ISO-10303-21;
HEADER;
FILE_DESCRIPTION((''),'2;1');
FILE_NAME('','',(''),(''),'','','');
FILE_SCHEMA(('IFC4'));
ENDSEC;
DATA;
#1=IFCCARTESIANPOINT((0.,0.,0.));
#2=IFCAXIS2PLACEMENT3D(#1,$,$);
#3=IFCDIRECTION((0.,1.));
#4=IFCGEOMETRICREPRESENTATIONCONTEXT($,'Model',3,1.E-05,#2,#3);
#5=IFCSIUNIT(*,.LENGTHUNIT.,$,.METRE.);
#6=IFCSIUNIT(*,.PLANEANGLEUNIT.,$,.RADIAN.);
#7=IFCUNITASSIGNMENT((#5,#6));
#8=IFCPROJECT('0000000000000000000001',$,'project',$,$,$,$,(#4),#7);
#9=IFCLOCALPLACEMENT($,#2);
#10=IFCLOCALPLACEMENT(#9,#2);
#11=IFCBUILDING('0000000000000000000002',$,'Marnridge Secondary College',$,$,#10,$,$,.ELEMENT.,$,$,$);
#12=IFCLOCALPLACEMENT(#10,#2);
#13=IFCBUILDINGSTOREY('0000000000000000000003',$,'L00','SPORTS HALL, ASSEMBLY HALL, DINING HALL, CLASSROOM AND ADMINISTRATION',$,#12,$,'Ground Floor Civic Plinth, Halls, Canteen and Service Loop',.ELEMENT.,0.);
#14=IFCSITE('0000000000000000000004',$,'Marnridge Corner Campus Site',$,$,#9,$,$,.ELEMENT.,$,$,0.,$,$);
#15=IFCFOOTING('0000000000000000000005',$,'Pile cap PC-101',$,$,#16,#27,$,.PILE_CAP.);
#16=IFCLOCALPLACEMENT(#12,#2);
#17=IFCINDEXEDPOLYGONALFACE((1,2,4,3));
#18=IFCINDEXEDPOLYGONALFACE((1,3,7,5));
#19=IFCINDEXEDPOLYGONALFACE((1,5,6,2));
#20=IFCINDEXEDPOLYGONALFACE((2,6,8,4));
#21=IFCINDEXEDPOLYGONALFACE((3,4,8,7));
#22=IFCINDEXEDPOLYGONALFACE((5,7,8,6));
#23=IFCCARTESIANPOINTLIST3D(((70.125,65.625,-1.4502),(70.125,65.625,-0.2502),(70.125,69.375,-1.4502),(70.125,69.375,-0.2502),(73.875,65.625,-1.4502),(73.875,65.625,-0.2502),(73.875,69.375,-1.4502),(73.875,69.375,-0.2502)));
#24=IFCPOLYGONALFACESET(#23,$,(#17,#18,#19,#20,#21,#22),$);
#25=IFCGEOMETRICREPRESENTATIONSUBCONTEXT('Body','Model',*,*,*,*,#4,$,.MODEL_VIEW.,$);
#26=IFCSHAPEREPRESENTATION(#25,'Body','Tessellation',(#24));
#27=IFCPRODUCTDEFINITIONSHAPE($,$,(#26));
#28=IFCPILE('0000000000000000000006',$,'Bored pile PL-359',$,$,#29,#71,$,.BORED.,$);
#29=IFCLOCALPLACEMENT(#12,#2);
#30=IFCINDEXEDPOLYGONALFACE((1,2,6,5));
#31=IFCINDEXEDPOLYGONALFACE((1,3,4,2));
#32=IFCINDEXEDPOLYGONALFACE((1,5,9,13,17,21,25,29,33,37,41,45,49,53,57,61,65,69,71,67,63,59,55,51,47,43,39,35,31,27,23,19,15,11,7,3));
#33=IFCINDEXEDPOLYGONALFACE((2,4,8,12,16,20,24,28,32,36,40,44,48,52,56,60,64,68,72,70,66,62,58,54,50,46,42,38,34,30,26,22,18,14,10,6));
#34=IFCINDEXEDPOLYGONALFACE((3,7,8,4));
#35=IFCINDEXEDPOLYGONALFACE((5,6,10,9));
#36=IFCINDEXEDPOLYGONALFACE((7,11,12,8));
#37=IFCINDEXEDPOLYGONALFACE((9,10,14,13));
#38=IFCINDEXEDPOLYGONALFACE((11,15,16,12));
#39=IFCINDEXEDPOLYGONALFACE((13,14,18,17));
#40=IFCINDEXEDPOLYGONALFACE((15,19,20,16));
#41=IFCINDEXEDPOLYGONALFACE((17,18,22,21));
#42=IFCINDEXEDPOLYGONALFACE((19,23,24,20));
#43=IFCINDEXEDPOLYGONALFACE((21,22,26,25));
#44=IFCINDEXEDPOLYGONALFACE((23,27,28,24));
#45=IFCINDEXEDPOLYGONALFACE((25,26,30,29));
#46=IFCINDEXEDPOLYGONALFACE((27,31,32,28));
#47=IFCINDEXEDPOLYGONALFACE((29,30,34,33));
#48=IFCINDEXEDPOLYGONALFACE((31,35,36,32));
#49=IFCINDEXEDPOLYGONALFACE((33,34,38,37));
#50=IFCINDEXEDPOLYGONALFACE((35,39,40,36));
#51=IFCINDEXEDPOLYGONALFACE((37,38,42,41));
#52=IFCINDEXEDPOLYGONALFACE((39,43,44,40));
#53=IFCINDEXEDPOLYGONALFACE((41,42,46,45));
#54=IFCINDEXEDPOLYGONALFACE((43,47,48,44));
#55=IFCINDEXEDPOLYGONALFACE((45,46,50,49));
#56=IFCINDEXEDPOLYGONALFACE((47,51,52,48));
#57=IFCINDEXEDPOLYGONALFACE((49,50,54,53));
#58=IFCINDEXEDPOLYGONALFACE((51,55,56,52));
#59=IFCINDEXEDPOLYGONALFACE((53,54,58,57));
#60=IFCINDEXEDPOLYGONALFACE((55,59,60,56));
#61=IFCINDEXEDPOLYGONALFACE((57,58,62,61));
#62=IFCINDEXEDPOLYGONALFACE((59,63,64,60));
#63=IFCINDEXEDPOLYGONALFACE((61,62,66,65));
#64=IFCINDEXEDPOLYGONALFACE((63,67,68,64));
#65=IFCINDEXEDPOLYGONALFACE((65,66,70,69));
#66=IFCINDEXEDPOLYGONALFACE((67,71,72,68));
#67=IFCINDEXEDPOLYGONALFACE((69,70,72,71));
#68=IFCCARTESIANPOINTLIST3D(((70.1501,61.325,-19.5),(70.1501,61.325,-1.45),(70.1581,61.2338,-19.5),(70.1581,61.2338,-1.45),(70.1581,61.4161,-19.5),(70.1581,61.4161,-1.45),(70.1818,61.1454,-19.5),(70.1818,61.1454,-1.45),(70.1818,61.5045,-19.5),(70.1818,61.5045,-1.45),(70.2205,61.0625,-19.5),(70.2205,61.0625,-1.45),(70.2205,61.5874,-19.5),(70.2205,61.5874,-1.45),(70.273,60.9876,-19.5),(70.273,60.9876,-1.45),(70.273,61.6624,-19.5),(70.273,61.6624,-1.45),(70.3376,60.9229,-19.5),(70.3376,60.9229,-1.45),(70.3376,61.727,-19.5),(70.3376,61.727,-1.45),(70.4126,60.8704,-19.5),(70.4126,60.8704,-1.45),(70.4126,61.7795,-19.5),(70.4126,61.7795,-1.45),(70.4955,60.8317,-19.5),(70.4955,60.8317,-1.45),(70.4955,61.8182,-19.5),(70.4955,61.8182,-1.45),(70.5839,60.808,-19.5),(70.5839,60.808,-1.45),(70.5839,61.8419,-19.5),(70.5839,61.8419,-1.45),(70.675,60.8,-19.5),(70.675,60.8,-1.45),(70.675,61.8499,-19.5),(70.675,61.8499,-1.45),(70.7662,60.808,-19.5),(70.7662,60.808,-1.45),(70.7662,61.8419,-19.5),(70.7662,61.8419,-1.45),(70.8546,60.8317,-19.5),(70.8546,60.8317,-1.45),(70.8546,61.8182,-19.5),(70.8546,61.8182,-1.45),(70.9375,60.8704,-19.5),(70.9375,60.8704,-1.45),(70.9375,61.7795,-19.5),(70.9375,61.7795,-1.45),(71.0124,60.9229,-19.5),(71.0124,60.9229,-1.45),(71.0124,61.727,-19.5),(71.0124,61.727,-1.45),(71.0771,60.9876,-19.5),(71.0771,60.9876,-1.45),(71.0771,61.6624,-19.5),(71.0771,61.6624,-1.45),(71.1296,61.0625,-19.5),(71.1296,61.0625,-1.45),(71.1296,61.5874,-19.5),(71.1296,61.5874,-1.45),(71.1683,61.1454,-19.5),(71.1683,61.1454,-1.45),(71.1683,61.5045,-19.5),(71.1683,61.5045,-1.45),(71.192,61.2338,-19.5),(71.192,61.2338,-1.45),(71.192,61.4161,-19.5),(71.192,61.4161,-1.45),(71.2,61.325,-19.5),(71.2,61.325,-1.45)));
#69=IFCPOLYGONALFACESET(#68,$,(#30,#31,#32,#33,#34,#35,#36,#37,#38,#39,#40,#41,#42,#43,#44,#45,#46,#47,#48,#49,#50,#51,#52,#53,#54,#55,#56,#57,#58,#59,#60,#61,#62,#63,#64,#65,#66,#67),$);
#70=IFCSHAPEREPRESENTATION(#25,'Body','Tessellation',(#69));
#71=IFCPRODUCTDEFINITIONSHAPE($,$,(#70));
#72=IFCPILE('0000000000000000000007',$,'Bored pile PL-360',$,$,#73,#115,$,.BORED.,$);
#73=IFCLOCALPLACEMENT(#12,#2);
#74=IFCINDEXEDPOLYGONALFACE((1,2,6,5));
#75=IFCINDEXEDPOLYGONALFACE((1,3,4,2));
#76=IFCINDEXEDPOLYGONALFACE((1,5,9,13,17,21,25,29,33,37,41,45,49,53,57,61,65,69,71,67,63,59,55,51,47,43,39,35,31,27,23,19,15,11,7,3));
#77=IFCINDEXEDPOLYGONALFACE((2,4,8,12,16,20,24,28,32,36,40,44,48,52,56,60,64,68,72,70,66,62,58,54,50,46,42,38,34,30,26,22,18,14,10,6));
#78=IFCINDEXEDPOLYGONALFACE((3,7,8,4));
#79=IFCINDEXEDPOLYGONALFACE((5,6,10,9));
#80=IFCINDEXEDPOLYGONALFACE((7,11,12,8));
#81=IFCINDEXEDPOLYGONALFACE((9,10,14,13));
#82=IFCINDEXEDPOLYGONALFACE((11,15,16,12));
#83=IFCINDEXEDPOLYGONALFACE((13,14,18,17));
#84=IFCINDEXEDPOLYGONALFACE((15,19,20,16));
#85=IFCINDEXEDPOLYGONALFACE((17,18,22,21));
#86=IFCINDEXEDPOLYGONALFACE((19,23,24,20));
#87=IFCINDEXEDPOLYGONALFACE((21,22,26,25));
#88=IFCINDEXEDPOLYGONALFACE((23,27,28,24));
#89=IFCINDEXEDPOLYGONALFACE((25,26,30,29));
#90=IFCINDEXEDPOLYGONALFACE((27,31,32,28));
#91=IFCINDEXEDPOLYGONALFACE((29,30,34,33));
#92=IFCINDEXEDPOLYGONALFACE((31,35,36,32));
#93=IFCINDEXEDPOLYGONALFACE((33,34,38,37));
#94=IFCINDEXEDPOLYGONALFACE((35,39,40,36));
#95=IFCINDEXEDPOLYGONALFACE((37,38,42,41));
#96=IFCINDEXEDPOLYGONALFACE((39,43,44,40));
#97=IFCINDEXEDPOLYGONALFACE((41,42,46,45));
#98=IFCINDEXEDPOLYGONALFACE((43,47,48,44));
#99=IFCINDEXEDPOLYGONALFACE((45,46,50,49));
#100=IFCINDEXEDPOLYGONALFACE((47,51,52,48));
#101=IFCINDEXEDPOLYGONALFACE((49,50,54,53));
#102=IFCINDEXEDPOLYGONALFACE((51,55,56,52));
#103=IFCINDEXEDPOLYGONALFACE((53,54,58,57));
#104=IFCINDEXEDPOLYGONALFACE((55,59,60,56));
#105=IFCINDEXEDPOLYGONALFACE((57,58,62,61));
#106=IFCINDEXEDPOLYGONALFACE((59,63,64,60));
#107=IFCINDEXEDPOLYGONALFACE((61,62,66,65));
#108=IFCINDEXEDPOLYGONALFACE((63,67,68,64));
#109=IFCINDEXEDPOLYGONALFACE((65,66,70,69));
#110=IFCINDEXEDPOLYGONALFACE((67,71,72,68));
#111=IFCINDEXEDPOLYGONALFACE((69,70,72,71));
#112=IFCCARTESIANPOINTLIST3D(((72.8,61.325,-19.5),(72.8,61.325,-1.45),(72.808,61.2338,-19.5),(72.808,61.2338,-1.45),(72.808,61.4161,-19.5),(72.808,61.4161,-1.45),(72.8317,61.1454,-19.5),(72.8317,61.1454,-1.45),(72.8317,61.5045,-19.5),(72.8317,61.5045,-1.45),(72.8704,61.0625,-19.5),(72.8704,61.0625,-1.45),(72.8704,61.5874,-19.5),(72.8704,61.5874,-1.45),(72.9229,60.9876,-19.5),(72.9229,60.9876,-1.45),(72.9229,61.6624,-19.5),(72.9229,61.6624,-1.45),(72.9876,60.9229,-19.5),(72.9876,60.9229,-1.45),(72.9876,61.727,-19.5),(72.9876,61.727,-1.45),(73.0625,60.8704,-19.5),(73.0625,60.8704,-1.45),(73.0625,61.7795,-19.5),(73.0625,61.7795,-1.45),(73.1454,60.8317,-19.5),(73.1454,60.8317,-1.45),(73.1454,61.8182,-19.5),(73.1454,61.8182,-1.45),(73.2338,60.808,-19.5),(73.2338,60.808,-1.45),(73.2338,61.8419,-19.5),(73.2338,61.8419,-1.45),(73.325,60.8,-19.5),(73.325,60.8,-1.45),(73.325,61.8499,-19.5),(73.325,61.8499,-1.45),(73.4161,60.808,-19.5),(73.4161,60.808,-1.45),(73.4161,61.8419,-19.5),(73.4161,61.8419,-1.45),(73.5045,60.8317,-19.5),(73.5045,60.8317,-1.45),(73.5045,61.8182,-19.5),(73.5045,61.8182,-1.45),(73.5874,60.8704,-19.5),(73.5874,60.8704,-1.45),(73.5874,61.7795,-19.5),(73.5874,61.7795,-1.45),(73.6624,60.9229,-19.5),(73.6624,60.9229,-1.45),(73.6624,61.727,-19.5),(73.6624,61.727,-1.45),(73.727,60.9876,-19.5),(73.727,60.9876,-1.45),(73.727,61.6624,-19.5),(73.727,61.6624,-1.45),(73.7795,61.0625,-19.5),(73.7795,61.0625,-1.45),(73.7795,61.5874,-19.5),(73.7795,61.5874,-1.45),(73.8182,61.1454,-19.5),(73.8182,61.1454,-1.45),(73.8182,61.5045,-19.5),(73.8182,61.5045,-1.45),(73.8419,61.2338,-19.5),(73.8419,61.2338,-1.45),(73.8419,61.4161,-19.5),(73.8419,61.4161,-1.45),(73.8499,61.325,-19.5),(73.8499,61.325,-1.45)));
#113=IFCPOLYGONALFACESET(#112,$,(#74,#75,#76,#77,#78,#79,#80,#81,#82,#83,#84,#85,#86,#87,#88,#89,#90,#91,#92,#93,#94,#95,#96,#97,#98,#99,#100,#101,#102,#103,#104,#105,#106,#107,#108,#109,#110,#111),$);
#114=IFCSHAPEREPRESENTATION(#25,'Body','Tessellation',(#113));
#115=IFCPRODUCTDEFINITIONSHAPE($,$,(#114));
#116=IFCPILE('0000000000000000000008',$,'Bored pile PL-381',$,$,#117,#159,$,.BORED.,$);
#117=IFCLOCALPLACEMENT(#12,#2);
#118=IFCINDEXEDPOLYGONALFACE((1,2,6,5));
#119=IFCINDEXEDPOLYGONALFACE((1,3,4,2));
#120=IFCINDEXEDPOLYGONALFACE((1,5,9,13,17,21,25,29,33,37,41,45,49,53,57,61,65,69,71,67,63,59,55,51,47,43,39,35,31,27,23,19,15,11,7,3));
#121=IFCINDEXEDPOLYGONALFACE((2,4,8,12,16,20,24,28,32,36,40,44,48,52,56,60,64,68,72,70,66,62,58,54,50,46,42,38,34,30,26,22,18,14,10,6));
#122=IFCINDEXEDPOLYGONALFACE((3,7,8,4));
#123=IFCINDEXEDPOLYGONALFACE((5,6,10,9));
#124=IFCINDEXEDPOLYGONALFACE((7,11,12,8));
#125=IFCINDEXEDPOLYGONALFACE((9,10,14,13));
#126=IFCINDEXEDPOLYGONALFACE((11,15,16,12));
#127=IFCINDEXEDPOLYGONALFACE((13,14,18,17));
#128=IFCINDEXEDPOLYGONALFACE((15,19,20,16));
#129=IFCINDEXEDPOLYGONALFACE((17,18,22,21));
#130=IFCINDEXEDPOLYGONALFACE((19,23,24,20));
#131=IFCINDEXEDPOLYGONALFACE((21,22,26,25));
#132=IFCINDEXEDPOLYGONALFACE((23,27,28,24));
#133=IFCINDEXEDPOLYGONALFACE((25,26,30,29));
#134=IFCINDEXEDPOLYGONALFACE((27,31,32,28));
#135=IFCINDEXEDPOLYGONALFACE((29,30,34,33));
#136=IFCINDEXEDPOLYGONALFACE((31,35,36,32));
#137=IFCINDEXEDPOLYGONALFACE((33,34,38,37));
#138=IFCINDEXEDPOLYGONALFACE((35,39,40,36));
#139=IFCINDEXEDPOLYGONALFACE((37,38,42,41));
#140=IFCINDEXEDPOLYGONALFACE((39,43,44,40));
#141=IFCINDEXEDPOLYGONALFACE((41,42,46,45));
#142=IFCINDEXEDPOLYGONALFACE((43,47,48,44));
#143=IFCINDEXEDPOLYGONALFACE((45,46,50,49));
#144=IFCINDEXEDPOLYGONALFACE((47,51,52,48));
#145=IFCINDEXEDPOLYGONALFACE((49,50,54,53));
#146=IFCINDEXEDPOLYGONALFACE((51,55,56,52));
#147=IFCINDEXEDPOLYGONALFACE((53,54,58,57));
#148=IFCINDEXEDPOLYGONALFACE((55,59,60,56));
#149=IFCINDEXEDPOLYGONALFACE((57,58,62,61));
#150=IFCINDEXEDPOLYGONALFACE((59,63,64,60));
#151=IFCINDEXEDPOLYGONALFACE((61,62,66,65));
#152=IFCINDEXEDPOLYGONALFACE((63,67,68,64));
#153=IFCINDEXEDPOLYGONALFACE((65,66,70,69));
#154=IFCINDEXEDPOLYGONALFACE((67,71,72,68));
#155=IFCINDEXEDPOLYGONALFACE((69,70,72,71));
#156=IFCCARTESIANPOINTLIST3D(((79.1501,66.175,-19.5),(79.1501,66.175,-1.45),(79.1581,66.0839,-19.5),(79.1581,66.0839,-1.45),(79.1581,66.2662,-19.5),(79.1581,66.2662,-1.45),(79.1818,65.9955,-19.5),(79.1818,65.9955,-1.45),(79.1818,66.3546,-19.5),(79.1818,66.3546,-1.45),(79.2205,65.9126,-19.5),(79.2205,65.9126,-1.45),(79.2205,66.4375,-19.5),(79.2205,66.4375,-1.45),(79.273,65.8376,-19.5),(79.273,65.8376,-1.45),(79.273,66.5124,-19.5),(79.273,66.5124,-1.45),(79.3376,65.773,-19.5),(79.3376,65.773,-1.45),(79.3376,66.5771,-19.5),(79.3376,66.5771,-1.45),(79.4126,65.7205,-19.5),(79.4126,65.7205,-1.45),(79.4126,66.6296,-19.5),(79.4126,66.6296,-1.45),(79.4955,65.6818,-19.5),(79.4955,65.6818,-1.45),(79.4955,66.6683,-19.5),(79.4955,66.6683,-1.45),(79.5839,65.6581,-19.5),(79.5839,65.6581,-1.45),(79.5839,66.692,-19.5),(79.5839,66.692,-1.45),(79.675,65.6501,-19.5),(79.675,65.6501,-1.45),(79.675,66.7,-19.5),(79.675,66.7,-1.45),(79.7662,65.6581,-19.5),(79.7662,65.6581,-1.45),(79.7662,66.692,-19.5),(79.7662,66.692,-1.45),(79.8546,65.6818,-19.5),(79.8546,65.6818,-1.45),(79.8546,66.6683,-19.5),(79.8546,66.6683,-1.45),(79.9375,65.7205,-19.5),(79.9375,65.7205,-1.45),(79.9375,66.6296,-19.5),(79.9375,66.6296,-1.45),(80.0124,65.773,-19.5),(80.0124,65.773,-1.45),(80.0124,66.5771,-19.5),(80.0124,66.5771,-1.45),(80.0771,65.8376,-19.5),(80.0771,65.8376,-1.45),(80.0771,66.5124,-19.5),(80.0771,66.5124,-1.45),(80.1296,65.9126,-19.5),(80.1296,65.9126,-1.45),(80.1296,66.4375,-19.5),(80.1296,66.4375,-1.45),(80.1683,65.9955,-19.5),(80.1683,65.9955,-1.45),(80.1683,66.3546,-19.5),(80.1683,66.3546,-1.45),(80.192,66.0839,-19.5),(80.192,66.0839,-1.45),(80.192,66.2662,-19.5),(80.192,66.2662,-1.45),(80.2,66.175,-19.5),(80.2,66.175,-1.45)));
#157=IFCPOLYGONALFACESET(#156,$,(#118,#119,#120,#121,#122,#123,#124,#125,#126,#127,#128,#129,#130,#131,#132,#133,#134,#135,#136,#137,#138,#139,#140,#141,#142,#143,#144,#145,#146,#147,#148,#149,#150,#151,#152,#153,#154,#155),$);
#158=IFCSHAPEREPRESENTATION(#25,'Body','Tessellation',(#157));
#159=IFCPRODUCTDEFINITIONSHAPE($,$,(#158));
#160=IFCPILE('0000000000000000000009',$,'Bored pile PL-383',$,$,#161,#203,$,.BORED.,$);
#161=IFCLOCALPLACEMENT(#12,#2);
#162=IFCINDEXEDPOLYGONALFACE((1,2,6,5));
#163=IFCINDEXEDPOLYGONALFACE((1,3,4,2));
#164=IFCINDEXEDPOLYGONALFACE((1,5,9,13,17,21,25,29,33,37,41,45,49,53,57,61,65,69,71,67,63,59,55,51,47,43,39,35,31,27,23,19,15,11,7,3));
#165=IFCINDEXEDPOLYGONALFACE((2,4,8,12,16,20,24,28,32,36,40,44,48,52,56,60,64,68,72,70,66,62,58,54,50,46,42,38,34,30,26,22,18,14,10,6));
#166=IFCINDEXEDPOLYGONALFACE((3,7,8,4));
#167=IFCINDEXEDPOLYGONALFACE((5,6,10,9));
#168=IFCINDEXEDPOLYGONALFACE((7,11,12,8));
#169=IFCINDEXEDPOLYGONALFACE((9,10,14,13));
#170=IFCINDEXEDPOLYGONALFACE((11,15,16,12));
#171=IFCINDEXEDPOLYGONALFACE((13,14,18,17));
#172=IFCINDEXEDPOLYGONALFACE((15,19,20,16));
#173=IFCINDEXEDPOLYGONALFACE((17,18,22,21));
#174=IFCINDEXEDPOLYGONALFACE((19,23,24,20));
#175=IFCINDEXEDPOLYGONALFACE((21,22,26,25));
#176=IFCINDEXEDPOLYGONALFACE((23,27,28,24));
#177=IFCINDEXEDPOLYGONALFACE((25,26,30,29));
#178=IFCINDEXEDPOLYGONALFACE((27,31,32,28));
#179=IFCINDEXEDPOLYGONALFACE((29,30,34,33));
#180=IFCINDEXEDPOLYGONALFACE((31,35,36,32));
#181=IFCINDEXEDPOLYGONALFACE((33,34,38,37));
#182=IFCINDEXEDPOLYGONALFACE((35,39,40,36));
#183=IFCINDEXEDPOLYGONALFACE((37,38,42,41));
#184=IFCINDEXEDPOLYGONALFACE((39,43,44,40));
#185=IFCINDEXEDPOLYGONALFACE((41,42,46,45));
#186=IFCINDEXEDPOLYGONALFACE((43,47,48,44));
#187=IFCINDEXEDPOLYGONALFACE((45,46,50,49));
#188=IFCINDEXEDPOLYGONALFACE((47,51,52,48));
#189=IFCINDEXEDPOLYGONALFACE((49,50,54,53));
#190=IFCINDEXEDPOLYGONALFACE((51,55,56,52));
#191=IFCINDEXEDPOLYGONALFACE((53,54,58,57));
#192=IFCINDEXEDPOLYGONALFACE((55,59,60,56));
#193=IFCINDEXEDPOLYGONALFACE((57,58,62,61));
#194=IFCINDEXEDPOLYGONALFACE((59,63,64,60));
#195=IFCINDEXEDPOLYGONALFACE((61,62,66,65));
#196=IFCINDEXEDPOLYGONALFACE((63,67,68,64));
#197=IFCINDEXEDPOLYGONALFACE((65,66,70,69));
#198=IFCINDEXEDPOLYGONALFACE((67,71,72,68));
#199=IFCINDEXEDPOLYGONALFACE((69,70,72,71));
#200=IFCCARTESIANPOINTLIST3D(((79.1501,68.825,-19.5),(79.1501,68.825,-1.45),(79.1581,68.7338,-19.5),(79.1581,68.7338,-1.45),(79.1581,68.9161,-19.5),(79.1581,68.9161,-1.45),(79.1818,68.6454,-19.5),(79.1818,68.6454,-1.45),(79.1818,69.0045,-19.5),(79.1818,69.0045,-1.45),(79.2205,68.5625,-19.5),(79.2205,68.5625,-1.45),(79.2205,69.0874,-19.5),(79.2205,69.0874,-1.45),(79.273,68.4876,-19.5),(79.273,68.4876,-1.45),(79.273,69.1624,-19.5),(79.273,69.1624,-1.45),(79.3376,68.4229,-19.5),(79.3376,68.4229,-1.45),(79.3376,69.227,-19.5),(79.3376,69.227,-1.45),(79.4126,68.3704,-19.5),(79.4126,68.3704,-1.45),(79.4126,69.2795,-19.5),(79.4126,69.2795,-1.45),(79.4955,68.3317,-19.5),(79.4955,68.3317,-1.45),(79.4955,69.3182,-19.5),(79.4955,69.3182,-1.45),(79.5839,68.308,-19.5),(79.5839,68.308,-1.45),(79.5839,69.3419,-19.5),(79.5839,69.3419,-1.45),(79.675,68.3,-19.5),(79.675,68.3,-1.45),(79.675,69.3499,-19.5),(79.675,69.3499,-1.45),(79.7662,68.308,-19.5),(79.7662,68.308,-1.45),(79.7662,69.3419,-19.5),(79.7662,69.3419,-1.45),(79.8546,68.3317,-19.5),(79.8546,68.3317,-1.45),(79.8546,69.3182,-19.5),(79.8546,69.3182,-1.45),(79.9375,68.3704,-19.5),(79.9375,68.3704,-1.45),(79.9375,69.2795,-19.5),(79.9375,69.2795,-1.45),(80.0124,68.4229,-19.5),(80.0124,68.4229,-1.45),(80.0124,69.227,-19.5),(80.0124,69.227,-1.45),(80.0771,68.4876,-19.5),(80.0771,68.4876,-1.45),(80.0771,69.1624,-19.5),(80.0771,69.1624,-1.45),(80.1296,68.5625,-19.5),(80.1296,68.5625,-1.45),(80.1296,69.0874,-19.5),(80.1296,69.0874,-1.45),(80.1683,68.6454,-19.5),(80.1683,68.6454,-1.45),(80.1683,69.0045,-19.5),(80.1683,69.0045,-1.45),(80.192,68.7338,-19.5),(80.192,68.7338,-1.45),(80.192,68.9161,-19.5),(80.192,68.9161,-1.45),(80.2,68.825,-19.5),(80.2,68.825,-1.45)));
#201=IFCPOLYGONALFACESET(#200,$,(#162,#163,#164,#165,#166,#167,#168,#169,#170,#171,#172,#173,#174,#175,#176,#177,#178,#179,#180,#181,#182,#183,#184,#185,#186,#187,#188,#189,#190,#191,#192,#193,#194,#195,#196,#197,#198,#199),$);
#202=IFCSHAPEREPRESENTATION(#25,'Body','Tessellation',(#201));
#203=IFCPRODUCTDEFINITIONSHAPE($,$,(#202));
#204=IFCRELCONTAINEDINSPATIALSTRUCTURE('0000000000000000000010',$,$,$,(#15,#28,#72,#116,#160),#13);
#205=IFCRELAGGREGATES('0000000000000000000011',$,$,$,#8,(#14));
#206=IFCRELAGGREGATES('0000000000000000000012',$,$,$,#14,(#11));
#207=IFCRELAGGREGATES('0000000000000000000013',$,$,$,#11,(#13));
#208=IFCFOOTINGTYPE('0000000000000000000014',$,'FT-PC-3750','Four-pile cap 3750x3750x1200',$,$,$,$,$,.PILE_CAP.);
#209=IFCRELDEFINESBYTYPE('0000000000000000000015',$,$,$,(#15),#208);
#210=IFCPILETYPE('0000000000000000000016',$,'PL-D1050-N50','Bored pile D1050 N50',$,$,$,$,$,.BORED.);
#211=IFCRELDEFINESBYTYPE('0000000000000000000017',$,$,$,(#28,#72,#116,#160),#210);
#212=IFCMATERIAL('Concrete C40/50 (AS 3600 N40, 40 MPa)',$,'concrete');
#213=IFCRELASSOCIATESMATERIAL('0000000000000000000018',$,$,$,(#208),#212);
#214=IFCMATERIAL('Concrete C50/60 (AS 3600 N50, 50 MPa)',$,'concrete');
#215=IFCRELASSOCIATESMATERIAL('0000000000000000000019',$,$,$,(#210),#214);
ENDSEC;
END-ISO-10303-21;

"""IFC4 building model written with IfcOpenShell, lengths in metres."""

from ifc_helpers import new_model, si_unit, direction, frame, origin, origin_2d, place, context, subcontext, project, spatial, rectangle, circle, extrude, material, material_profile, profile_set, type_object, element, save


model = new_model("IFC4")

# Units and contexts
model_context = context("Model", 3, precision=1e-05, world=origin(), true_north=direction((0.0, 1.0)))
body_context = subcontext(model_context, "Body", "Model", "MODEL_VIEW")
ifc_project = project(units=[si_unit("LENGTHUNIT", "METRE"), si_unit("PLANEANGLEUNIT", "RADIAN")], contexts=[model_context])

# Site, building, storey
site_placement = place(None, origin())
site = spatial("IfcSite", under=ifc_project, at=site_placement, Name="Marnridge Corner Campus Site", CompositionType="ELEMENT", RefElevation=0.0)
building_placement = place(site_placement, origin())
building = spatial("IfcBuilding", under=site, at=building_placement, Name="Marnridge Secondary College", CompositionType="ELEMENT")
storey_placement = place(building_placement, origin())
storey = spatial("IfcBuildingStorey", under=building, at=storey_placement, Name="L00", Description="SPORTS HALL, ASSEMBLY HALL, DINING HALL, CLASSROOM AND ADMINISTRATION", LongName="Ground Floor Civic Plinth, Halls, Canteen and Service Loop", CompositionType="ELEMENT", Elevation=0.0)

# Footing
ifc_material_1 = material(Name="Concrete C40/50 (AS 3600 N40, 40 MPa)", Category="concrete")
footing_type = type_object("IfcFootingType", Name="FT-PC-3750", Description="Four-pile cap 3750x3750x1200", PredefinedType="PILE_CAP", material=ifc_material_1)
footing_placement = place(storey_placement, frame((72.0, 67.5, -1.4502), z_axis=(0.0, 0.0, 1.0), x_axis=(1.0, 0.0, 0.0)))
element("IfcFooting", 1, at=footing_placement, inside=storey, type_object=footing_type, Name="Pile cap PC-101", PredefinedType="PILE_CAP", context=body_context, shape_type="SweptSolid", body=[
    extrude(rectangle(XDim=3.75, YDim=3.75, at=origin_2d()), origin(), (0.0, 0.0, 1.0), 1.2),
])

# Piles
ifc_material_2 = material(Name="Concrete C50/60 (AS 3600 N50, 50 MPa)", Category="concrete")
ifc_material_profile_1 = material_profile(ifc_material_2, circle(Radius=0.5249, at=origin_2d()), Name="PILE D1050")
ifc_profile_set_1 = profile_set([ifc_material_profile_1], Name="Concrete C50/60 (AS 3600 N50, 50 MPa)")
pile_type_1 = type_object("IfcPileType", Name="PL-D1050-N50", Description="Bored pile D1050 N50", PredefinedType="BORED", material=ifc_profile_set_1)
for number, where, z_axis, x_axis, name in (
    (2, (70.675, 61.325, -1.45), (0.0, 0.0, -1.0), (1.0, 0.0, 0.0), "Bored pile PL-359"),
    (3, (73.325, 61.325, -1.45), (0.0, 0.0, -1.0), (1.0, 0.0, 0.0), "Bored pile PL-360"),
    (4, (79.675, 66.175, -1.45), (0.0, 0.0, -1.0), (1.0, 0.0, 0.0), "Bored pile PL-381"),
    (5, (79.675, 68.825, -1.45), (0.0, 0.0, -1.0), (1.0, 0.0, 0.0), "Bored pile PL-383"),
):
    element("IfcPile", number, at=place(storey_placement, frame(where, z_axis=z_axis, x_axis=x_axis)), inside=storey, type_object=pile_type_1, Name=name, PredefinedType="BORED", context=body_context, shape_type="SweptSolid", body=[
        extrude(circle(Radius=0.5249, at=origin_2d()), origin(), (0.0, 0.0, 1.0), 18.05),
    ])

save(model, "model.ifc")
